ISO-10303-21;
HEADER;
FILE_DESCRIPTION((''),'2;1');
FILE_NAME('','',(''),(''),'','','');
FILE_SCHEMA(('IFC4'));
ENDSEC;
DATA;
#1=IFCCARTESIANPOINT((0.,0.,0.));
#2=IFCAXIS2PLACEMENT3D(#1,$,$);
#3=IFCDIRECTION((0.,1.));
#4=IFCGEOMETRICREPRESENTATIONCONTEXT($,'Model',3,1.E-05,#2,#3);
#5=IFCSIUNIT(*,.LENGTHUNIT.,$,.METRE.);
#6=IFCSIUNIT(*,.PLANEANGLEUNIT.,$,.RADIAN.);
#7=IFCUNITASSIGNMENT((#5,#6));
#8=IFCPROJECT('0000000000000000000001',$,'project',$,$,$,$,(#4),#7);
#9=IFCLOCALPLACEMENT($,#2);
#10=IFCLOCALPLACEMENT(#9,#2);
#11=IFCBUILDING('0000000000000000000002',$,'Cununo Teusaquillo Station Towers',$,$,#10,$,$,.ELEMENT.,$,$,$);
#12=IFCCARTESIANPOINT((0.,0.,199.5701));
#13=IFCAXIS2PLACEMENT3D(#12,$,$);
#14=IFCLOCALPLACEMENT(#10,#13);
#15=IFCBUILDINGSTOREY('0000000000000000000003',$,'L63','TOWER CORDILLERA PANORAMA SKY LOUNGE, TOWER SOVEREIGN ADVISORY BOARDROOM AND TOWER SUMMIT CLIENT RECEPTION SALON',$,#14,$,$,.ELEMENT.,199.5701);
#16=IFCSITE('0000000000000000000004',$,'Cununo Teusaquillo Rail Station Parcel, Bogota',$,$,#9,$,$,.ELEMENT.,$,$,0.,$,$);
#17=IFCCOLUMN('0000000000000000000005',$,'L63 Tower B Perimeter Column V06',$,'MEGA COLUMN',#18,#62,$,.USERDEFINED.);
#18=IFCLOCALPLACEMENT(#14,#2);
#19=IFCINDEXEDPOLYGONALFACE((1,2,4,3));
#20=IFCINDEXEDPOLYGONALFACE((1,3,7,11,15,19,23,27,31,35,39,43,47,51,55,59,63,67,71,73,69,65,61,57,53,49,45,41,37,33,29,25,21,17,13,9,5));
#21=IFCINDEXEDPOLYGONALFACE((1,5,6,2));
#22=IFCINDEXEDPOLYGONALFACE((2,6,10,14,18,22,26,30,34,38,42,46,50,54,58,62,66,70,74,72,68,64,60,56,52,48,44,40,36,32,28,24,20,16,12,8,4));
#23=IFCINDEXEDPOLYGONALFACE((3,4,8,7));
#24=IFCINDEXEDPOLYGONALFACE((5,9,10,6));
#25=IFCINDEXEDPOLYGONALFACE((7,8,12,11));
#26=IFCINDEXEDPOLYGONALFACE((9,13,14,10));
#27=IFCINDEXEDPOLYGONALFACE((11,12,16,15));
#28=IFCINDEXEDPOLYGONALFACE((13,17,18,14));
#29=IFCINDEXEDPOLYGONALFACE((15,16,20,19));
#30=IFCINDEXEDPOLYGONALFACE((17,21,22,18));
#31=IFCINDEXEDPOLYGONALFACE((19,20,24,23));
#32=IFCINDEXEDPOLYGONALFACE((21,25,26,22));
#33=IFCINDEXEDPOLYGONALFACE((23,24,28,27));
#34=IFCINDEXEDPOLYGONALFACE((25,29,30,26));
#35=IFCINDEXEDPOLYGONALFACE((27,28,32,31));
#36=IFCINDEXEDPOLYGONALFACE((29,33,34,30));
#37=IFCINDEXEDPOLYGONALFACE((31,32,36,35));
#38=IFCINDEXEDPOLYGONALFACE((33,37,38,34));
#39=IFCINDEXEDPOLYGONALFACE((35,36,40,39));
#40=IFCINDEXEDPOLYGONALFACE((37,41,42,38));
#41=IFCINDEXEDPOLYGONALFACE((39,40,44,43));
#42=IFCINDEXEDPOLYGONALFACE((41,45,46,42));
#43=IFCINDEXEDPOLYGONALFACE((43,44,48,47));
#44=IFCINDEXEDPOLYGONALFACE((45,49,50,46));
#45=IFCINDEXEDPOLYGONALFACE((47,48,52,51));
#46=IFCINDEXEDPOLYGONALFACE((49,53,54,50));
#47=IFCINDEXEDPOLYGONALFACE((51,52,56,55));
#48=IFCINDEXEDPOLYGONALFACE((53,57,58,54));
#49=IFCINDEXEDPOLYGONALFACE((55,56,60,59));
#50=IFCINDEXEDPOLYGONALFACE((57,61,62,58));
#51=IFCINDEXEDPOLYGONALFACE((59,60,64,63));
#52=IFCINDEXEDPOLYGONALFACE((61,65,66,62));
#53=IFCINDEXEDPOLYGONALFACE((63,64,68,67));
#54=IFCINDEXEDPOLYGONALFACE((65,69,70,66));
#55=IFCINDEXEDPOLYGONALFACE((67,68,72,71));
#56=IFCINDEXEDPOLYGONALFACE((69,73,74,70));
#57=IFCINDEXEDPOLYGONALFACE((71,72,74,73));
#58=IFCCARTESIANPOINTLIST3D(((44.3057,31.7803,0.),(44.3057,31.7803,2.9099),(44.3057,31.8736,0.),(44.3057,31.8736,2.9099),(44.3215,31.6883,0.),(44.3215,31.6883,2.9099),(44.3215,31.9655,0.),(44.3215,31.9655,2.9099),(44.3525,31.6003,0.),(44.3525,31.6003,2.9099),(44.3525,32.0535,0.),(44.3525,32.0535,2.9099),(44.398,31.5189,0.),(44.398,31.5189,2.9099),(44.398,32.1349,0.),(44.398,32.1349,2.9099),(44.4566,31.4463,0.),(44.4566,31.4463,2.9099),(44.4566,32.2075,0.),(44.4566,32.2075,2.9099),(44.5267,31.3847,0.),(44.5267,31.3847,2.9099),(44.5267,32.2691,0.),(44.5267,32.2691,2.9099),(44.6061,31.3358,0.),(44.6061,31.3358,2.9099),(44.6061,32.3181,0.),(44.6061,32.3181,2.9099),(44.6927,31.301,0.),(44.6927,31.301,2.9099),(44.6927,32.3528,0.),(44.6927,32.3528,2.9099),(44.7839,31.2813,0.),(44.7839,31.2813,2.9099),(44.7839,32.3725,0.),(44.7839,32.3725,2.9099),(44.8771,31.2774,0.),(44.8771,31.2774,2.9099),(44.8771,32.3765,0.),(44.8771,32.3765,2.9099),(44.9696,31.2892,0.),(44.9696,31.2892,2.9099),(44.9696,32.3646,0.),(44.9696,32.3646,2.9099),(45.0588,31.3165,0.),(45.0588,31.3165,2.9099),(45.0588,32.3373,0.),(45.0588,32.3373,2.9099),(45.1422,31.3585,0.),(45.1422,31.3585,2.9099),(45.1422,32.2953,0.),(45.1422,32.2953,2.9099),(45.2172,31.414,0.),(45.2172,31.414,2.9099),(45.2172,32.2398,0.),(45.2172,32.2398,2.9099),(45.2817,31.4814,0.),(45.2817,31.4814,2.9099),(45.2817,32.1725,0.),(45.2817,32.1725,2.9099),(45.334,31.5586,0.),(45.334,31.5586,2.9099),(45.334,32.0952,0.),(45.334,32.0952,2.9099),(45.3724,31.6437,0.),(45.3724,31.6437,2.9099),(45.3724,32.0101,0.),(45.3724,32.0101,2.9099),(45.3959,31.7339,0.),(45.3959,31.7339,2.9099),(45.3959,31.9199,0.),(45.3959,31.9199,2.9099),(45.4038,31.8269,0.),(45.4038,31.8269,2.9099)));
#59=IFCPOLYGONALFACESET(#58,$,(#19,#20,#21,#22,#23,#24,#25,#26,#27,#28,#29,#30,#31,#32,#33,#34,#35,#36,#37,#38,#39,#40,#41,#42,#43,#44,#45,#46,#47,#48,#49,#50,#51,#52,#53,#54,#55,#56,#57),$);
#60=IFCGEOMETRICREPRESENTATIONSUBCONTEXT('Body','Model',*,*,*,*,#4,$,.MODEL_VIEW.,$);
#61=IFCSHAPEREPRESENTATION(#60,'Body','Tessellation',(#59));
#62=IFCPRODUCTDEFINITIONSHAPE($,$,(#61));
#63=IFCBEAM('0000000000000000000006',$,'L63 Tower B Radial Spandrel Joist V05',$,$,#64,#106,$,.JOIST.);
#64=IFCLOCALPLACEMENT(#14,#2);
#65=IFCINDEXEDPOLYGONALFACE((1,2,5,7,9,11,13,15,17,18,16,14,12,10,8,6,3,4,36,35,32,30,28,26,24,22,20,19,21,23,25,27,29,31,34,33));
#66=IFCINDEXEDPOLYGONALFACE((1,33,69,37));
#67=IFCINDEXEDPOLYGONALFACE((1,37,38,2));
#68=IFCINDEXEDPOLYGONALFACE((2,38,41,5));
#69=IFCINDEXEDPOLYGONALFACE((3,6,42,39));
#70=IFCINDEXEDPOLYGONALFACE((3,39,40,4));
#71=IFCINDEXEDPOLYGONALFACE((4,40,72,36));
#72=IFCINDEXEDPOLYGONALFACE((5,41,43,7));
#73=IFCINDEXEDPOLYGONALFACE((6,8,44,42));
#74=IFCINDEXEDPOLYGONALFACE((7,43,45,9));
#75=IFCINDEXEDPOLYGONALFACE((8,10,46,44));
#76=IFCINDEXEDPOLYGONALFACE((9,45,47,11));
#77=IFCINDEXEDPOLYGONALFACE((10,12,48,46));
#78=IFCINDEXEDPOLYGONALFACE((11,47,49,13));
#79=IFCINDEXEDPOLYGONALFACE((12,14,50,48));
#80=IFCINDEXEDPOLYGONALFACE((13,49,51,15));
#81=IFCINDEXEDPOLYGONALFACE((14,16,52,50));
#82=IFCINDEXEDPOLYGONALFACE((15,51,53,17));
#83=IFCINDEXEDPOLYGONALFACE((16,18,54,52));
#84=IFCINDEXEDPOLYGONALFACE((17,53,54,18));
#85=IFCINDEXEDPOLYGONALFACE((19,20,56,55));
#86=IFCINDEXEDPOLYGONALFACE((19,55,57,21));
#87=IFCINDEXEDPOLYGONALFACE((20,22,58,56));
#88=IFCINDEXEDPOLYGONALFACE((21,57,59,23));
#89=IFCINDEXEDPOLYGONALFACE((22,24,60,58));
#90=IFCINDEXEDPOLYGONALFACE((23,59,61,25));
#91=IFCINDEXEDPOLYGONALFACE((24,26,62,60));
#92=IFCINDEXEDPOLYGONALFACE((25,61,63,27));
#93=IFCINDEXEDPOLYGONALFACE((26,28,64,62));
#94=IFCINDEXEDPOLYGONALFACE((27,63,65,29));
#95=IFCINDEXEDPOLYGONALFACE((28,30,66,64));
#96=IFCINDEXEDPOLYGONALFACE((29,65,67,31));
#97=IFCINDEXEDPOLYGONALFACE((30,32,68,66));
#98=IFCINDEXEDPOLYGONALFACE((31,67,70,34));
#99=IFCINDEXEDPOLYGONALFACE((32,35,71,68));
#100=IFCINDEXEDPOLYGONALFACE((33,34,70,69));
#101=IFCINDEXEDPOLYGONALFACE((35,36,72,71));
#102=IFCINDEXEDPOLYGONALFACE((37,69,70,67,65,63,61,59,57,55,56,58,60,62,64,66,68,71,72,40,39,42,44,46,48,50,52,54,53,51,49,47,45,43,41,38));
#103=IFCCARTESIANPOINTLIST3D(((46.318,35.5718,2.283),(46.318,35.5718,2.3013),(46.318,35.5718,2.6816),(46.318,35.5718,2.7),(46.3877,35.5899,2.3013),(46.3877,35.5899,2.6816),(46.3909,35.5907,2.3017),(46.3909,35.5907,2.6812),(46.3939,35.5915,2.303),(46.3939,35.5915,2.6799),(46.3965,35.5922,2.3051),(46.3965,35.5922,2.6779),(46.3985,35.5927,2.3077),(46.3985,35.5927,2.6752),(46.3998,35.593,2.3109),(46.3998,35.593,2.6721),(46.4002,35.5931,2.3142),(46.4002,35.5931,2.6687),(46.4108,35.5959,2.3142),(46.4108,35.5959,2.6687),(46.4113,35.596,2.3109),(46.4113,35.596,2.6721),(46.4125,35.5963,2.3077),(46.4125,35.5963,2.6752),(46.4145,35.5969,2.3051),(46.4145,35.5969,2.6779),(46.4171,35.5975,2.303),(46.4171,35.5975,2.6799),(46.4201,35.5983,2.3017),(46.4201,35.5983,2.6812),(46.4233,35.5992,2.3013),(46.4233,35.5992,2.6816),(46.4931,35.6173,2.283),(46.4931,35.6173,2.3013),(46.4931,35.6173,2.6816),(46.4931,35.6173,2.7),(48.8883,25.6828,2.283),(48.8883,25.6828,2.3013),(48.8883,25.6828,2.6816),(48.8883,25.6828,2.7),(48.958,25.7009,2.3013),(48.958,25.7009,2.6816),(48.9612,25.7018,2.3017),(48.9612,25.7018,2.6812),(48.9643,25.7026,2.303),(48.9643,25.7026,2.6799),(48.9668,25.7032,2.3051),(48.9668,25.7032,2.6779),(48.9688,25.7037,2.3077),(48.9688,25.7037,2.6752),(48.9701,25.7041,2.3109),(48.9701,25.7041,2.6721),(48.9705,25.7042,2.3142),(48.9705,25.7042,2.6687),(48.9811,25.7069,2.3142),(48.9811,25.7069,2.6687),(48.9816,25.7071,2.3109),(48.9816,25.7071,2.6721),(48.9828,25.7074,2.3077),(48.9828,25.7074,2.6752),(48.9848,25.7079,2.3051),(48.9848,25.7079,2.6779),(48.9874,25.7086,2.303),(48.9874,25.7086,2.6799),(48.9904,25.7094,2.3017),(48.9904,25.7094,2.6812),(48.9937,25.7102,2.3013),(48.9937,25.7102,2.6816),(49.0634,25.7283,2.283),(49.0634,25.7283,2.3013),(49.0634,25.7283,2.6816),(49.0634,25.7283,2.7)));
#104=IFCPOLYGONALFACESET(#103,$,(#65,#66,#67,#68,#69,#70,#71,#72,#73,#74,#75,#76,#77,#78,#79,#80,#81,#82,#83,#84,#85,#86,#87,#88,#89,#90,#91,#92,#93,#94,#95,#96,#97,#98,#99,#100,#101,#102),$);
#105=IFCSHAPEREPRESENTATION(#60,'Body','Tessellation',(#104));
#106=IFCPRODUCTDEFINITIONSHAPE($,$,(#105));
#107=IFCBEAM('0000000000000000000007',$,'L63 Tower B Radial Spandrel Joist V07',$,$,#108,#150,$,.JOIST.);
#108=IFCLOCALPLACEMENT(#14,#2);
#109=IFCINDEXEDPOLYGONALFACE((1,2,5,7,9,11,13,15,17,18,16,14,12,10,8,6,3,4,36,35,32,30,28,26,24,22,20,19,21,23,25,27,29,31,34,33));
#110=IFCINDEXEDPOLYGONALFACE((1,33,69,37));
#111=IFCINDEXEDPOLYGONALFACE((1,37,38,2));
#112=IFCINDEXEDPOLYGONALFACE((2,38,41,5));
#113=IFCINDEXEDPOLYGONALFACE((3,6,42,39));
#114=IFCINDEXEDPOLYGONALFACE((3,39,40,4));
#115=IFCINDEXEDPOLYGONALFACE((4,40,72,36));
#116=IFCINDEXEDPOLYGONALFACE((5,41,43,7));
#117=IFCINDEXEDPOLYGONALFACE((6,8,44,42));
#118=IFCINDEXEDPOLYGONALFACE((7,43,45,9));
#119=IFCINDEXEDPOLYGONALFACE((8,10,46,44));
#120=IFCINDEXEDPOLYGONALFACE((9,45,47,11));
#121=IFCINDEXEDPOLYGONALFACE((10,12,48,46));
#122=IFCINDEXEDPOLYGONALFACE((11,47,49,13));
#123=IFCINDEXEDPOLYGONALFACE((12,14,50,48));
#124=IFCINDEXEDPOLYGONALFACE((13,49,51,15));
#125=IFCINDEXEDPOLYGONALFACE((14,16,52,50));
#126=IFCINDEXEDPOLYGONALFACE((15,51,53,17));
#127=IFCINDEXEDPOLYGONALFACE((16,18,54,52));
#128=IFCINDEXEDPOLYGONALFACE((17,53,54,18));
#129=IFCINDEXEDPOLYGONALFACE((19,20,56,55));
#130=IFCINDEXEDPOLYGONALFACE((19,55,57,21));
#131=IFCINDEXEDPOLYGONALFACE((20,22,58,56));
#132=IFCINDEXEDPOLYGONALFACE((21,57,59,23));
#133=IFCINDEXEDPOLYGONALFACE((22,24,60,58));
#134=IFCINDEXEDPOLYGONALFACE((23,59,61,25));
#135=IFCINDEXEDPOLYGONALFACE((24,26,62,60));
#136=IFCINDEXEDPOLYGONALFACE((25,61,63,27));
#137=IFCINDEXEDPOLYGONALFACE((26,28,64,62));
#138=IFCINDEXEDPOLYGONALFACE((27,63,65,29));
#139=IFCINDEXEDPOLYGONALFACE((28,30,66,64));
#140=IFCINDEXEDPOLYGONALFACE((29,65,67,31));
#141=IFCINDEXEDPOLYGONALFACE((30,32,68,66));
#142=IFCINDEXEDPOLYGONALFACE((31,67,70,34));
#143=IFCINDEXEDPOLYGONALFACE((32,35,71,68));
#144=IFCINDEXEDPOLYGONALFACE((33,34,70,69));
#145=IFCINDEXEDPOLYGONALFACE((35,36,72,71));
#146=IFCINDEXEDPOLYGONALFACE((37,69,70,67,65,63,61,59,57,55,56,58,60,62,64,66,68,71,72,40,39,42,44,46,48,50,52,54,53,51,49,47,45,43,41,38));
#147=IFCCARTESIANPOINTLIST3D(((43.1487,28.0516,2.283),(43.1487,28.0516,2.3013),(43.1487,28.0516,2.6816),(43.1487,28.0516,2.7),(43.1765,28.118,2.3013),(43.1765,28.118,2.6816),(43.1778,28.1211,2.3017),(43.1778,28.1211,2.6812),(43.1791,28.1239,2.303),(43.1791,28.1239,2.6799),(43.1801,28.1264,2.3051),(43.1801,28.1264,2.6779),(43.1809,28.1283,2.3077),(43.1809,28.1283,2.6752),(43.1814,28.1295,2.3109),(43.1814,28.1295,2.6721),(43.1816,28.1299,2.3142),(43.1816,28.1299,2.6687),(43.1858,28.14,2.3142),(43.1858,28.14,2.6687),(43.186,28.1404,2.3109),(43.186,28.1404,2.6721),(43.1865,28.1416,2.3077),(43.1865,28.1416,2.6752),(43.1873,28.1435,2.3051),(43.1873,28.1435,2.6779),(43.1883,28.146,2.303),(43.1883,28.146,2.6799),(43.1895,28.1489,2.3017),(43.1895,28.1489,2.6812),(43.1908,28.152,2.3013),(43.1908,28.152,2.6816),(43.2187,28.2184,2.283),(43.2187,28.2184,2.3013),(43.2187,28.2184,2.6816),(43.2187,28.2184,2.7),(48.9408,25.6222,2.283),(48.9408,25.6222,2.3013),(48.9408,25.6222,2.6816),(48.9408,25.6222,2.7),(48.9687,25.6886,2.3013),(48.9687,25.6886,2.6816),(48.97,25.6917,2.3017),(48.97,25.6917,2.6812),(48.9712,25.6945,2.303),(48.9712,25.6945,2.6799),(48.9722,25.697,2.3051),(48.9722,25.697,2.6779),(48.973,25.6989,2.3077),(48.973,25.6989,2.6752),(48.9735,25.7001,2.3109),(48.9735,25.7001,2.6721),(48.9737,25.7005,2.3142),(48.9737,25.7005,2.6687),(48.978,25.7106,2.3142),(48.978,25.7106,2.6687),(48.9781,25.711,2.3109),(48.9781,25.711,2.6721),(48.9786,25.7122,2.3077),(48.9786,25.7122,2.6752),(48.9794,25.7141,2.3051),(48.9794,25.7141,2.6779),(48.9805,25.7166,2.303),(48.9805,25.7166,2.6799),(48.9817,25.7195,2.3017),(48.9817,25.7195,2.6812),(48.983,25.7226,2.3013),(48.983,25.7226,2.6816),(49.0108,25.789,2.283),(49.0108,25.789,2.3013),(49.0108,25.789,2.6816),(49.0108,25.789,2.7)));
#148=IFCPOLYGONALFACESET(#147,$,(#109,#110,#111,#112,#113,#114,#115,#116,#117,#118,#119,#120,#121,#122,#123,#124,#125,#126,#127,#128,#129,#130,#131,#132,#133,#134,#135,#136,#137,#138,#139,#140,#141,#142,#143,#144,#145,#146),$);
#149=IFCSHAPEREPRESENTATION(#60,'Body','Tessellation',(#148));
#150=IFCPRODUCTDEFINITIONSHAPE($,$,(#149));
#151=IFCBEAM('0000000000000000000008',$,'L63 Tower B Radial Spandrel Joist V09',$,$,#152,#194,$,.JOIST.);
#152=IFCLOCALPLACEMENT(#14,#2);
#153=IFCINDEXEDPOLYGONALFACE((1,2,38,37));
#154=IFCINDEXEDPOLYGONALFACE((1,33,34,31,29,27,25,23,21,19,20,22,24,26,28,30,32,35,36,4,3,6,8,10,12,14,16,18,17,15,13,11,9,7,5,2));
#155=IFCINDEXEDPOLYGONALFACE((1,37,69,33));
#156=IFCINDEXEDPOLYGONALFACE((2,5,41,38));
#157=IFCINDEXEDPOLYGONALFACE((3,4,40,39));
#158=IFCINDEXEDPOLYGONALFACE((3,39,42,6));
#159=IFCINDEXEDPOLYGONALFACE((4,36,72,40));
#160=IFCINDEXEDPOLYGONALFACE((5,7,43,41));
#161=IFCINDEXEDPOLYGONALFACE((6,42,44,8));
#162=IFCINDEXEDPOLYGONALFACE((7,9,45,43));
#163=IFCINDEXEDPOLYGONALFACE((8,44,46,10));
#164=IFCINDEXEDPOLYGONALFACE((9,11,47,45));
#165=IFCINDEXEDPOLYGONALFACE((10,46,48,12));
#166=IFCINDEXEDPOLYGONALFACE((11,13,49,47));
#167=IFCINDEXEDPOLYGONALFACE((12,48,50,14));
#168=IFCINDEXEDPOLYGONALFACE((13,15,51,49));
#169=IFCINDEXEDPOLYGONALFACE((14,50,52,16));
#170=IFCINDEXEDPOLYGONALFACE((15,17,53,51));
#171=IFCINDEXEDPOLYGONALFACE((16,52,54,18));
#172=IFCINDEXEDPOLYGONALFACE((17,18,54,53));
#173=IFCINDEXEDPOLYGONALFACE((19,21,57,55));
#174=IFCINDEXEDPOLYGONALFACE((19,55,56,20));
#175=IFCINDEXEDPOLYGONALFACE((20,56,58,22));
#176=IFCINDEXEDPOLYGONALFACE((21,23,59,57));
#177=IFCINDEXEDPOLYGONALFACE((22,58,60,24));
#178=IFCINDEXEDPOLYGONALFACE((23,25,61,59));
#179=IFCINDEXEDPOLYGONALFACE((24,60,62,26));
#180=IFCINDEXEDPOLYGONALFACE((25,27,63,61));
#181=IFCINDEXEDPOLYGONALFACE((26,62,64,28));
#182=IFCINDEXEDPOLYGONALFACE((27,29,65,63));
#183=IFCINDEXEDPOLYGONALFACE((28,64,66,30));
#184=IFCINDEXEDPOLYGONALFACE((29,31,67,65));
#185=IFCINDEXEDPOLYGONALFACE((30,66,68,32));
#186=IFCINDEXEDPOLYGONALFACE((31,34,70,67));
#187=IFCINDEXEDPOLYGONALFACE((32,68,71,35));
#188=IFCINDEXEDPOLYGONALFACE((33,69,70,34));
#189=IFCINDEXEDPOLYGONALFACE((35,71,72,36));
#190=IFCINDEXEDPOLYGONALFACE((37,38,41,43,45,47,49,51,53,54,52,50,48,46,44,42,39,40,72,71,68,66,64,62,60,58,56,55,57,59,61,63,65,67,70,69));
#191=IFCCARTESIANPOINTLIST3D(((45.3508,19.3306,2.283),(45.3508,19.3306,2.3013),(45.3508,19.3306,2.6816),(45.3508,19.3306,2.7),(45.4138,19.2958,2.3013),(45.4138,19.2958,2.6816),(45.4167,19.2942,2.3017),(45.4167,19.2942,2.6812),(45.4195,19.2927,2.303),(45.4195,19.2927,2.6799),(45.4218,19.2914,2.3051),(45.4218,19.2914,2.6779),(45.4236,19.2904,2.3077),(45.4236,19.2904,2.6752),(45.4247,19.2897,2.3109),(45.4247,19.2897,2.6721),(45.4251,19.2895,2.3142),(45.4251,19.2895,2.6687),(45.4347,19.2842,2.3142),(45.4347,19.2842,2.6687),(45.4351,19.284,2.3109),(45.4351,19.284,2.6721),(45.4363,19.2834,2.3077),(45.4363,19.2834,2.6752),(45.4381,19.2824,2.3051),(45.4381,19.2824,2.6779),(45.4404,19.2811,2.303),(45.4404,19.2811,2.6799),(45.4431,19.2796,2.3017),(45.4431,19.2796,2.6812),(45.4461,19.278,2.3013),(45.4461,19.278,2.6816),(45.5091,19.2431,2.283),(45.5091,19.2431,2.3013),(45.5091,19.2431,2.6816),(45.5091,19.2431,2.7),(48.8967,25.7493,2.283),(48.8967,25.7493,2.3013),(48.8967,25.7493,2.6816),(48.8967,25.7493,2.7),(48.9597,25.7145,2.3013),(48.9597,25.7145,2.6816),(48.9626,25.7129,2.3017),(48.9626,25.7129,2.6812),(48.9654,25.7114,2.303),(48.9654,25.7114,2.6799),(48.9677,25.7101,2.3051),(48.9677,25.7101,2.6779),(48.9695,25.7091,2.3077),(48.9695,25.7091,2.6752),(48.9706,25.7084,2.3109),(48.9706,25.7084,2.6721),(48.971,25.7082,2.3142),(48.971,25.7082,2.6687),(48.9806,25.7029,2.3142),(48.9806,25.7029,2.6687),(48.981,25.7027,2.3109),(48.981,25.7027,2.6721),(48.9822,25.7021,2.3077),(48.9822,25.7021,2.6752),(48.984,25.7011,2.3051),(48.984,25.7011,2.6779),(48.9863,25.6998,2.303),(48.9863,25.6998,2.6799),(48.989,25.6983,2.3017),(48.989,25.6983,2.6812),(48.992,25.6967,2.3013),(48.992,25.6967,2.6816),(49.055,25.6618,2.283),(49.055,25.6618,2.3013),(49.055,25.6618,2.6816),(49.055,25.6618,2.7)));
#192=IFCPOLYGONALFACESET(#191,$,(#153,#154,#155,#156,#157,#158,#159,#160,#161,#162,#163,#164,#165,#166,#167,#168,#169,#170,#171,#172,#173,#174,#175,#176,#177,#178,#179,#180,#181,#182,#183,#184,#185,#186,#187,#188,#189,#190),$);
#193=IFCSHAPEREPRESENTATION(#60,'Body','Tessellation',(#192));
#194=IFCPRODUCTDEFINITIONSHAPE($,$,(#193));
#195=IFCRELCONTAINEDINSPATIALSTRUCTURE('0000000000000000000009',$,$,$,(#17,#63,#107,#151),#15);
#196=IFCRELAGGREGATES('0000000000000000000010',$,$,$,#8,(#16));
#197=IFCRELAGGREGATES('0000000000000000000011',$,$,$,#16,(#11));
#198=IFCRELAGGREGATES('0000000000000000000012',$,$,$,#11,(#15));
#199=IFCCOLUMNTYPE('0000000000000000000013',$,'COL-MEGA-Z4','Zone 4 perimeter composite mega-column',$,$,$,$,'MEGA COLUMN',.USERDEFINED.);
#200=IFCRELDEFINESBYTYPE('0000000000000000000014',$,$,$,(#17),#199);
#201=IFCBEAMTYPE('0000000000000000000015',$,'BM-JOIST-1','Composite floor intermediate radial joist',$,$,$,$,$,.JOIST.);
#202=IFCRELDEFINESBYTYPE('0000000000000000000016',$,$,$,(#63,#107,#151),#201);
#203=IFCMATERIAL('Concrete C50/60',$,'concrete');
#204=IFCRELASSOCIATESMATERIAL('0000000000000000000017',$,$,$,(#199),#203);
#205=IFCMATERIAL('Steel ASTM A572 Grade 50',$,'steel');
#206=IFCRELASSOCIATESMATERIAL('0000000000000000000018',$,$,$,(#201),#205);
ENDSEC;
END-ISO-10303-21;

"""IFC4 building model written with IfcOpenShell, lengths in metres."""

from ifc_helpers import new_model, si_unit, direction, frame, origin, origin_2d, place, context, subcontext, project, spatial, circle, i_section, extrude, material, material_profile, profile_set, type_object, element, save


model = new_model("IFC4")

# Units and contexts
model_context = context("Model", 3, precision=1e-05, world=origin(), true_north=direction((0.0, 1.0)))
body_context = subcontext(model_context, "Body", "Model", "MODEL_VIEW")
ifc_project = project(units=[si_unit("LENGTHUNIT", "METRE"), si_unit("PLANEANGLEUNIT", "RADIAN")], contexts=[model_context])

# Site, building, storey
site_placement = place(None, origin())
site = spatial("IfcSite", under=ifc_project, at=site_placement, Name="Cununo Teusaquillo Rail Station Parcel, Bogota", CompositionType="ELEMENT", RefElevation=0.0)
building_placement = place(site_placement, origin())
building = spatial("IfcBuilding", under=site, at=building_placement, Name="Cununo Teusaquillo Station Towers", CompositionType="ELEMENT")
storey_placement = place(building_placement, frame((0.0, 0.0, 199.5701)))
storey = spatial("IfcBuildingStorey", under=building, at=storey_placement, Name="L63", Description="TOWER CORDILLERA PANORAMA SKY LOUNGE, TOWER SOVEREIGN ADVISORY BOARDROOM AND TOWER SUMMIT CLIENT RECEPTION SALON", CompositionType="ELEMENT", Elevation=199.5701)

# Column
ifc_material_1 = material(Name="Concrete C50/60", Category="concrete")
ifc_material_profile_1 = material_profile(ifc_material_1, circle(Radius=0.55, at=origin_2d()), Name="RC-CIRC-1100")
ifc_profile_set_1 = profile_set([ifc_material_profile_1], Name="Concrete C50/60")
column_type = type_object("IfcColumnType", Name="COL-MEGA-Z4", Description="Zone 4 perimeter composite mega-column", ElementType="MEGA COLUMN", PredefinedType="USERDEFINED", material=ifc_profile_set_1)
column_placement = place(storey_placement, frame((44.8538, 31.8269, 0.0), z_axis=(0.0, 0.0, 1.0), x_axis=(1.0, 0.0, 0.0)))
element("IfcColumn", 1, at=column_placement, inside=storey, type_object=column_type, Name="L63 Tower B Perimeter Column V06", ObjectType="MEGA COLUMN", PredefinedType="USERDEFINED", context=body_context, shape_type="SweptSolid", body=[
    extrude(circle(Radius=0.55, at=origin_2d()), origin(), (0.0, 0.0, 1.0), 2.9099),
])

# Beams
ifc_material_2 = material(Name="Steel ASTM A572 Grade 50", Category="steel")
ifc_material_profile_2 = material_profile(ifc_material_2, i_section(OverallWidth=0.1809, OverallDepth=0.417, WebThickness=0.011, FlangeThickness=0.0183, FilletRadius=0.0129, at=origin_2d()), Name="W16X57")
ifc_profile_set_2 = profile_set([ifc_material_profile_2], Name="Steel ASTM A572 Grade 50")
beam_type_1 = type_object("IfcBeamType", Name="BM-JOIST-1", Description="Composite floor intermediate radial joist", PredefinedType="JOIST", material=ifc_profile_set_2)
beam_1_placement = place(storey_placement, frame((48.9758, 25.7056, 2.4915), z_axis=(-0.25156, 0.967842, 0.0), x_axis=(-0.967842, -0.25156, 0.0)))
element("IfcBeam", 2, at=beam_1_placement, inside=storey, type_object=beam_type_1, Name="L63 Tower B Radial Spandrel Joist V05", PredefinedType="JOIST", context=body_context, shape_type="SweptSolid", body=[
    extrude(i_section(OverallWidth=0.1809, OverallDepth=0.417, WebThickness=0.011, FlangeThickness=0.0183, FilletRadius=0.0129, at=origin_2d()), origin(), (0.0, 0.0, 1.0), 10.2175),
])
beam_2_placement = place(storey_placement, frame((48.9758, 25.7056, 2.4915), z_axis=(-0.922169, 0.386786, 0.0), x_axis=(-0.386786, -0.922169, 0.0)))
element("IfcBeam", 3, at=beam_2_placement, inside=storey, type_object=beam_type_1, Name="L63 Tower B Radial Spandrel Joist V07", PredefinedType="JOIST", context=body_context, shape_type="SweptSolid", body=[
    extrude(i_section(OverallWidth=0.1809, OverallDepth=0.417, WebThickness=0.011, FlangeThickness=0.0183, FilletRadius=0.0129, at=origin_2d()), origin(), (0.0, 0.0, 1.0), 6.281),
])
beam_3_placement = place(storey_placement, frame((48.9758, 25.7056, 2.4915), z_axis=(-0.483553, -0.875315, 0.0), x_axis=(0.875315, -0.483553, 0.0)))
element("IfcBeam", 4, at=beam_3_placement, inside=storey, type_object=beam_type_1, Name="L63 Tower B Radial Spandrel Joist V09", PredefinedType="JOIST", context=body_context, shape_type="SweptSolid", body=[
    extrude(i_section(OverallWidth=0.1809, OverallDepth=0.417, WebThickness=0.011, FlangeThickness=0.0183, FilletRadius=0.0129, at=origin_2d()), origin(), (0.0, 0.0, 1.0), 7.333),
])

save(model, "model.ifc")
